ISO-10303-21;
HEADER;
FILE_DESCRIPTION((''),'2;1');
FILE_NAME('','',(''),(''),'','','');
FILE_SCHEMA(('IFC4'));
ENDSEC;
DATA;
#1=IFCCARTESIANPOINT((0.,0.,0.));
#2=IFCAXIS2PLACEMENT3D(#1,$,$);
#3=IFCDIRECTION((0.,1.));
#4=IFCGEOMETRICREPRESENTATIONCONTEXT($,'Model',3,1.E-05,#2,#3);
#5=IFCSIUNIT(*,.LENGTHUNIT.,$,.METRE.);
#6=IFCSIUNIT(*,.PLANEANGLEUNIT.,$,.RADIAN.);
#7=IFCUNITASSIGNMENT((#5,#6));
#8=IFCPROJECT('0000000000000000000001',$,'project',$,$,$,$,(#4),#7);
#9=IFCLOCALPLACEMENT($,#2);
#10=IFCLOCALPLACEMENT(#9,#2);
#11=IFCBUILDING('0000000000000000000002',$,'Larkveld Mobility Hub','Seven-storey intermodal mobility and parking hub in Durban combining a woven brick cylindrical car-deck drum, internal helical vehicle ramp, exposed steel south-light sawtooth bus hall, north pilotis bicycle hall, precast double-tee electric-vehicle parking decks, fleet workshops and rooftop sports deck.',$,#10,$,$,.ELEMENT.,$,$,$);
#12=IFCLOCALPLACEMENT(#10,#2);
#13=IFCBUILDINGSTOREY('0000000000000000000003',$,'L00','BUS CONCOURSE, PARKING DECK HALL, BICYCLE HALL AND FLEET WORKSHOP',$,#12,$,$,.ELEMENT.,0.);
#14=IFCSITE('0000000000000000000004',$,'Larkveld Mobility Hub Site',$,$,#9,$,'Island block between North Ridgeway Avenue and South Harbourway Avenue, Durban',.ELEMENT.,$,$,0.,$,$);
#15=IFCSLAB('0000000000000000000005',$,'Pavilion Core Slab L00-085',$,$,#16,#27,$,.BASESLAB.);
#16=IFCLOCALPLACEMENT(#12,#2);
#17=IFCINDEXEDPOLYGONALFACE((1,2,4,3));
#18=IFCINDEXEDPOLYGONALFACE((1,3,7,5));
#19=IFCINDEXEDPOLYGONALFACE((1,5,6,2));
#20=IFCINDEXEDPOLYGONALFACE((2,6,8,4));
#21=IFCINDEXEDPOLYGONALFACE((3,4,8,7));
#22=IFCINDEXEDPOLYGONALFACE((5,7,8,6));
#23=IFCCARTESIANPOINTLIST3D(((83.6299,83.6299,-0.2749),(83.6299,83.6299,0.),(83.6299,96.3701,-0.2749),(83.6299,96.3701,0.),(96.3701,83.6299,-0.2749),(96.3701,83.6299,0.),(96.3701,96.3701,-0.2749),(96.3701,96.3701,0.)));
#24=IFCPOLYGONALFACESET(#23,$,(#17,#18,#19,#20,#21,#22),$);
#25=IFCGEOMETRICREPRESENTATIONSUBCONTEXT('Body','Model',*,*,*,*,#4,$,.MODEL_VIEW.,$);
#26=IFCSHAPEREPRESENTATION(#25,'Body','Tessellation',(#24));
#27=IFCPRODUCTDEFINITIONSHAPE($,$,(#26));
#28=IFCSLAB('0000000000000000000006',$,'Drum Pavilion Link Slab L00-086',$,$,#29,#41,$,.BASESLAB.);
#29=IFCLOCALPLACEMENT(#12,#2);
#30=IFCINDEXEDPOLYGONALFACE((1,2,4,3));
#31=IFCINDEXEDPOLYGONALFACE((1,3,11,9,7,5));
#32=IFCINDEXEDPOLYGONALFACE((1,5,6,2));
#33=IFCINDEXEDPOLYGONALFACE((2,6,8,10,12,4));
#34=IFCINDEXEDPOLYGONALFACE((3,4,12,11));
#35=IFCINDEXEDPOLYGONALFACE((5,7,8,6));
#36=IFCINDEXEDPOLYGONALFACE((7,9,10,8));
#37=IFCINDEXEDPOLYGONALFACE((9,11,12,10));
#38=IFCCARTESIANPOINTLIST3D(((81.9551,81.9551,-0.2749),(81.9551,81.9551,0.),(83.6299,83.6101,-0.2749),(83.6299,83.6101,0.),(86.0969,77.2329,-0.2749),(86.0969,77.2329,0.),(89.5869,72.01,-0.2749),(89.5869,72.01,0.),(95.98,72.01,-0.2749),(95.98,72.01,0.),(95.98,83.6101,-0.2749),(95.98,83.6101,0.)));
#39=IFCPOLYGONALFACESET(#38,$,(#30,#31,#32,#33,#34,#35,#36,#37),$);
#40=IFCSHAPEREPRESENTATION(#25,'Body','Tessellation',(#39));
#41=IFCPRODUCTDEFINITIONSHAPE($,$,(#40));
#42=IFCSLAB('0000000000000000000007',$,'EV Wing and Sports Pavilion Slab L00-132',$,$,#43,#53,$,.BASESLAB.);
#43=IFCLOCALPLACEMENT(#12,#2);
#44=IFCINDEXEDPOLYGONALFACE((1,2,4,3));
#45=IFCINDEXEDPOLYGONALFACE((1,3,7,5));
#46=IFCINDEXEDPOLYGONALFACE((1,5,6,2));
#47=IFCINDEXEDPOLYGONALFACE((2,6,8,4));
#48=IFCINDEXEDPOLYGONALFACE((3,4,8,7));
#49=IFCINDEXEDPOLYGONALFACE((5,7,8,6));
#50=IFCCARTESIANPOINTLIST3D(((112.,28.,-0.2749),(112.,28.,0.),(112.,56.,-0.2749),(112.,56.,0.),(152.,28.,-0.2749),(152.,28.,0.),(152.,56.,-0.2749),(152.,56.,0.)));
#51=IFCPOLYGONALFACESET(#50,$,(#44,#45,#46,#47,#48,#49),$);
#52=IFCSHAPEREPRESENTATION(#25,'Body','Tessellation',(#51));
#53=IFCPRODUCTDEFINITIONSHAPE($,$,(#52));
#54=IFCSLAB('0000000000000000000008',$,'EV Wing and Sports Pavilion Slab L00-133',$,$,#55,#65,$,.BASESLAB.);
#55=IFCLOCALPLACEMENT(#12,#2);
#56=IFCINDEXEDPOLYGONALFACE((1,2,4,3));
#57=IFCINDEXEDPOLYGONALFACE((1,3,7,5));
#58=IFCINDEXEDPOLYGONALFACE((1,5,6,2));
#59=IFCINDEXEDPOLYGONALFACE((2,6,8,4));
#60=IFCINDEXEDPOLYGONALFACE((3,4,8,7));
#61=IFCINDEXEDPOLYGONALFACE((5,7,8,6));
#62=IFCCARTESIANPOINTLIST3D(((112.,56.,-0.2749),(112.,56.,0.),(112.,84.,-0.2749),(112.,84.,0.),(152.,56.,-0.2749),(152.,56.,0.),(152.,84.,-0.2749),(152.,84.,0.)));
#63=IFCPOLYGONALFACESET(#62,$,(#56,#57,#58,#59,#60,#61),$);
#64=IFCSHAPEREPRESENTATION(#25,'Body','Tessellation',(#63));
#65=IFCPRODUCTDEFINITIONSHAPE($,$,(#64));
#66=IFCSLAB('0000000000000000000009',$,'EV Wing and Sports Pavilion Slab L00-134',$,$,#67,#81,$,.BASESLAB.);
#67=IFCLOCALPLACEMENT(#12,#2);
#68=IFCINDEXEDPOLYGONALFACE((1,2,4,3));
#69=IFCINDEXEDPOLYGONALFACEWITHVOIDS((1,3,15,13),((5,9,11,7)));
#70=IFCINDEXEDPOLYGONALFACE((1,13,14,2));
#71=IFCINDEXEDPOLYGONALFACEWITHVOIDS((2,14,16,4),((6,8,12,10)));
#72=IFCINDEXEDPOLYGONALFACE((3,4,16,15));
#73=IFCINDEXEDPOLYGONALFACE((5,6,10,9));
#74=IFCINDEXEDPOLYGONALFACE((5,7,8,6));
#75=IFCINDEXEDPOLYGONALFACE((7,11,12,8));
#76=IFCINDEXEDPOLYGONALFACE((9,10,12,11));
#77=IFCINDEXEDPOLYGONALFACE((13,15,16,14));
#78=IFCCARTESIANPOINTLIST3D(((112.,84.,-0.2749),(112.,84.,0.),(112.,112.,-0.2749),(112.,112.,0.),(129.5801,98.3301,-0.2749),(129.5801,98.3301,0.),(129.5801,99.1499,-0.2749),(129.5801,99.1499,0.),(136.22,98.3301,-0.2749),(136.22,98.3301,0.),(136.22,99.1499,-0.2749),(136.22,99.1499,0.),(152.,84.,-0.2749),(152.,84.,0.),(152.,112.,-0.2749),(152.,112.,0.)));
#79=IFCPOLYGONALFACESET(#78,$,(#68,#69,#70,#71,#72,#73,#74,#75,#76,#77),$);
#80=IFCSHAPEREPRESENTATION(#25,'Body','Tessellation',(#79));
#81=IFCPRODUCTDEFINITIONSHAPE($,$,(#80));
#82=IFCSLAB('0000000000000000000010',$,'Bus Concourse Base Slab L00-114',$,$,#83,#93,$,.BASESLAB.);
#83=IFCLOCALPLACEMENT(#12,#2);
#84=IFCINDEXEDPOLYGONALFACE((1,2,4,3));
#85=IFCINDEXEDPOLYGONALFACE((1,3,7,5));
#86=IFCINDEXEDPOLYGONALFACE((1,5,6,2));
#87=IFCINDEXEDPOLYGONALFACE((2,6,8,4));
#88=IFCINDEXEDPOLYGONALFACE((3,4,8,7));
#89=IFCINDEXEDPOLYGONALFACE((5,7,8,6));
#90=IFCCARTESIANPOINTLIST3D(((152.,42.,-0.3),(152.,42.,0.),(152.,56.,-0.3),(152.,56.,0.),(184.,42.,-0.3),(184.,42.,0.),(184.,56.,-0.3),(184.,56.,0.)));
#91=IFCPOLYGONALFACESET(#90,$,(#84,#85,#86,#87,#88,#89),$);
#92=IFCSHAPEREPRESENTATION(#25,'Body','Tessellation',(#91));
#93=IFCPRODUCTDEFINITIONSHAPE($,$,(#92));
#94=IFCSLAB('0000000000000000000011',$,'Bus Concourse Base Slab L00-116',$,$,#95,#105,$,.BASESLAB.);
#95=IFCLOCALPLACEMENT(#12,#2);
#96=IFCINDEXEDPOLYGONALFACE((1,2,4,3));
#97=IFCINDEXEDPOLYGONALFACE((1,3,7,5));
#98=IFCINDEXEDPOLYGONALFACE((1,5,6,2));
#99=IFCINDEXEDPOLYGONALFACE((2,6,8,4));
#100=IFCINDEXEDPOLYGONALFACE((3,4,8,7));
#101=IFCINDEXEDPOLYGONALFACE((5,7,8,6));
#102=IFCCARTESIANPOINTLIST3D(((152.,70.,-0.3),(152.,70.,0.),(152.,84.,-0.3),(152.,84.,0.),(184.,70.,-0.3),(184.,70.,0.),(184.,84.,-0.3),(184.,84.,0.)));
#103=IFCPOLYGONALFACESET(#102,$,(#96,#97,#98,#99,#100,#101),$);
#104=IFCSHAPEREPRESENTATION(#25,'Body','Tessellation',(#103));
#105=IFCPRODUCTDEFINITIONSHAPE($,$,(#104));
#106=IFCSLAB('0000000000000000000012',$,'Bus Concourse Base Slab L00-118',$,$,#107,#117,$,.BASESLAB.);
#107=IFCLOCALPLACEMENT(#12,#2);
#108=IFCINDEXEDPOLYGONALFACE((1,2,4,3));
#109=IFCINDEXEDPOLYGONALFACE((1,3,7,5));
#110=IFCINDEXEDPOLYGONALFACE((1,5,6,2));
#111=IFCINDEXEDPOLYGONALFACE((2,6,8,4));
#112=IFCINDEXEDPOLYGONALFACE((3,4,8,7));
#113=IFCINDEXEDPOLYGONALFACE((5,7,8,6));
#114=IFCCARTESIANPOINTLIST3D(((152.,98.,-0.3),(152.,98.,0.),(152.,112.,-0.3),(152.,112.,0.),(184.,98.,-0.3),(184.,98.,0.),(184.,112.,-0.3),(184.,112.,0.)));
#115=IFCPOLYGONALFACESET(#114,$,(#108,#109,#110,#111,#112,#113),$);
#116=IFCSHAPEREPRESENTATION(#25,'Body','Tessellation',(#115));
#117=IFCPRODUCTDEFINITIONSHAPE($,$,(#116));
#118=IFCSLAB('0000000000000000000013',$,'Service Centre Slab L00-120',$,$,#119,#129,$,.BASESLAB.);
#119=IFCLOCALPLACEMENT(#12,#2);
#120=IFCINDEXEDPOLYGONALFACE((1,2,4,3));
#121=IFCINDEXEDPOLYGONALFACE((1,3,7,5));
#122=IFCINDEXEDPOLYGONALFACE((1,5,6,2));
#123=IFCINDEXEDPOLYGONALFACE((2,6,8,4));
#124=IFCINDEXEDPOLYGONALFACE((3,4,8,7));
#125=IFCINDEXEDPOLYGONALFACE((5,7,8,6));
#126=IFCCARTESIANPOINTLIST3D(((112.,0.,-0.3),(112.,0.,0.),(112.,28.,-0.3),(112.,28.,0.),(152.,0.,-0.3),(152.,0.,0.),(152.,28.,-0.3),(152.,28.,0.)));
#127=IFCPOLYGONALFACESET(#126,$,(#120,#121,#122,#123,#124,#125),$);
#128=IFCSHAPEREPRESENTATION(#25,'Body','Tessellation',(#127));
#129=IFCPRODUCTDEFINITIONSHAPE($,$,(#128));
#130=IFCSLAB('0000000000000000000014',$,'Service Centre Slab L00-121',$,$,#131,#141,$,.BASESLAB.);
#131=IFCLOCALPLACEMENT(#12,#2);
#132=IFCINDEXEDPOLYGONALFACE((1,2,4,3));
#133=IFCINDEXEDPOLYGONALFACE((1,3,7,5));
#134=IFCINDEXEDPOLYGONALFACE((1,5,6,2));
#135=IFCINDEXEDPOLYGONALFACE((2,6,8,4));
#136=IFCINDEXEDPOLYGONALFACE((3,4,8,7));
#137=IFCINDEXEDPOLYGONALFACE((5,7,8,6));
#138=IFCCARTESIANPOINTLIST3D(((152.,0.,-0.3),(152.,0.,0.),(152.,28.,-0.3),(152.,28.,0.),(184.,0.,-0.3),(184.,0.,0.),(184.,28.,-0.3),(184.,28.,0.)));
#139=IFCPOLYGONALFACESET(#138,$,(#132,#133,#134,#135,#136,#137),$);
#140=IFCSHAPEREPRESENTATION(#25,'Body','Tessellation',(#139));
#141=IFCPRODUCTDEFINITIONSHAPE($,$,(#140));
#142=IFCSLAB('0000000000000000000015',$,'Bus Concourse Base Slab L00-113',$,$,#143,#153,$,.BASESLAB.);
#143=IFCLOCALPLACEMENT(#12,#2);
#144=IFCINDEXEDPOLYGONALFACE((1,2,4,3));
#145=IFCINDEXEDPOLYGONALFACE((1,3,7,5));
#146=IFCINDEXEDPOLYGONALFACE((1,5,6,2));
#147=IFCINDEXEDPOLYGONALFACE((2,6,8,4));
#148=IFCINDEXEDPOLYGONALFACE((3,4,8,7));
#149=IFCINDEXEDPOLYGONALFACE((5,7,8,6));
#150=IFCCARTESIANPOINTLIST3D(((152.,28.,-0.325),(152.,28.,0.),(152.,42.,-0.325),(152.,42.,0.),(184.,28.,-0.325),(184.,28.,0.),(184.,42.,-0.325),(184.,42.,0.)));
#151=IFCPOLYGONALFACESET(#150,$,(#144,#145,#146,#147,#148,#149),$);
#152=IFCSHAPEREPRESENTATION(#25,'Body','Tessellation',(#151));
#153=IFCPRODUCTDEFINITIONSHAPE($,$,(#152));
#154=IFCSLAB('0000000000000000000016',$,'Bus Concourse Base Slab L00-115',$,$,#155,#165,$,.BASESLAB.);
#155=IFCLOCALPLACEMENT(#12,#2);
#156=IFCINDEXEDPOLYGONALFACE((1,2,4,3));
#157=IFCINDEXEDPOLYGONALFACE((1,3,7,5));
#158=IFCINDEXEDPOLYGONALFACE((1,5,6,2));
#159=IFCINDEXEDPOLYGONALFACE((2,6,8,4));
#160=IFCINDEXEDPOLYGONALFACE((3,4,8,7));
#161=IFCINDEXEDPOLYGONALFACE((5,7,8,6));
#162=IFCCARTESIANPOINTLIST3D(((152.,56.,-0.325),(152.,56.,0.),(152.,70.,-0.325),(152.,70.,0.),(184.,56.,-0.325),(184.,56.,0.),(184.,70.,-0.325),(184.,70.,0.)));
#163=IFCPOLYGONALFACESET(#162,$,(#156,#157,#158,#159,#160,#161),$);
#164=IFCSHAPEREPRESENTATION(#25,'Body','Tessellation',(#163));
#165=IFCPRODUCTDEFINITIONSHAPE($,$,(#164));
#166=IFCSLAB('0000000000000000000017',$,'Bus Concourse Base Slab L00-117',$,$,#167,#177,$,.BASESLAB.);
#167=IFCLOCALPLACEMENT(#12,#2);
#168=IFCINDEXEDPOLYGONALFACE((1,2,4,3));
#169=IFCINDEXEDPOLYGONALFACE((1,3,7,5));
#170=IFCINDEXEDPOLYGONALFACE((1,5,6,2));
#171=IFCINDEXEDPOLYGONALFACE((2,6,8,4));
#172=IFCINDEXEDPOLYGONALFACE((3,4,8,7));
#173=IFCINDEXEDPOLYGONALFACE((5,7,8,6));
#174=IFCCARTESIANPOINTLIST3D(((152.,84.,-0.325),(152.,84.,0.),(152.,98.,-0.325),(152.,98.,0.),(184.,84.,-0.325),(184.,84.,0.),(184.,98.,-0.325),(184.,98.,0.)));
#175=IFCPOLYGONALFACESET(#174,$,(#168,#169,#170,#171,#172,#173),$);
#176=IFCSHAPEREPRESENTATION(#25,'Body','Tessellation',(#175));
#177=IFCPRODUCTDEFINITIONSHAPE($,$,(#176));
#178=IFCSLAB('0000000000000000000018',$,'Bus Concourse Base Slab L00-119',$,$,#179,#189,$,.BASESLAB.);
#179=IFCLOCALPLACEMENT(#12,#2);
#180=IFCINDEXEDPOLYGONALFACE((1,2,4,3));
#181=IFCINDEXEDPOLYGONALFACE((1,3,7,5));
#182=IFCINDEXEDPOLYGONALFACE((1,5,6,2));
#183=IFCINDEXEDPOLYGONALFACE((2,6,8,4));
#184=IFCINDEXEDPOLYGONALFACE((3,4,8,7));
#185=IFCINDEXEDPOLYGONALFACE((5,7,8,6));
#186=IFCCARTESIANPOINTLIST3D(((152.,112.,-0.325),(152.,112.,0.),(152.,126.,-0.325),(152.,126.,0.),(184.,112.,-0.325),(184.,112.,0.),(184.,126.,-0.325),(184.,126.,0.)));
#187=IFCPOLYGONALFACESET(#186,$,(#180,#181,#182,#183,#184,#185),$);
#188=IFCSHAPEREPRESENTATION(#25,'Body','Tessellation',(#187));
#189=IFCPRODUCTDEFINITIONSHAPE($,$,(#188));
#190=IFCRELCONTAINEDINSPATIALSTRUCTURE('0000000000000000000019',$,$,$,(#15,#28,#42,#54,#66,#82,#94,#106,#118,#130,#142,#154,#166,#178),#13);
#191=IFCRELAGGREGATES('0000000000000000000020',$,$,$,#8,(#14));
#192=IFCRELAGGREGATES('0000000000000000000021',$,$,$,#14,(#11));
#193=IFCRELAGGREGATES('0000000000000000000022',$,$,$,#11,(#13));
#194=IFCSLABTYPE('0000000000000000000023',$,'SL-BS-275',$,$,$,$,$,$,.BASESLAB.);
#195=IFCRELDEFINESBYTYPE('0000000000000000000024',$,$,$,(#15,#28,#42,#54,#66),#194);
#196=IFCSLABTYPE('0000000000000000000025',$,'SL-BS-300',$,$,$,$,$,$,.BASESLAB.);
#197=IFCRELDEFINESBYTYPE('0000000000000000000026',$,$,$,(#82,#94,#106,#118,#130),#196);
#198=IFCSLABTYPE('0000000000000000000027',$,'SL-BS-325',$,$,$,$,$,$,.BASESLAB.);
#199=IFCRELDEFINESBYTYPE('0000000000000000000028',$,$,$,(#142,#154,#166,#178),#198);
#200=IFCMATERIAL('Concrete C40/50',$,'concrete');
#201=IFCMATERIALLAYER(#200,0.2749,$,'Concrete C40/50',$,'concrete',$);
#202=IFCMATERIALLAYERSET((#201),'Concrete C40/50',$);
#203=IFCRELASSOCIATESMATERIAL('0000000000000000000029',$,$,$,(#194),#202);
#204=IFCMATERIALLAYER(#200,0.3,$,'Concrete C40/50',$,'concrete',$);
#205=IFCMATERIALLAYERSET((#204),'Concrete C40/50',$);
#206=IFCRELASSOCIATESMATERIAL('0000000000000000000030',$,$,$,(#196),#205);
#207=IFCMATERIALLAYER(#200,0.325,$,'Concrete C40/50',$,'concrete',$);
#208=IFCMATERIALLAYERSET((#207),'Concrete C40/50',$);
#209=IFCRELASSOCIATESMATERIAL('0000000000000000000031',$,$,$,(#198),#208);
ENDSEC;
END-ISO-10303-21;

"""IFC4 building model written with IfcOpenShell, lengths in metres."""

from ifc_helpers import new_model, si_unit, direction, frame, origin, place, context, subcontext, project, spatial, polyline, outline, extrude, material, layer, layer_set, type_object, element, save


model = new_model("IFC4")

# Units and contexts
model_context = context("Model", 3, precision=1e-05, world=origin(), true_north=direction((0.0, 1.0)))
body_context = subcontext(model_context, "Body", "Model", "MODEL_VIEW")
ifc_project = project(units=[si_unit("LENGTHUNIT", "METRE"), si_unit("PLANEANGLEUNIT", "RADIAN")], contexts=[model_context])

# Site, building, storey
site_placement = place(None, origin())
site = spatial("IfcSite", under=ifc_project, at=site_placement, Name="Larkveld Mobility Hub Site", LongName="Island block between North Ridgeway Avenue and South Harbourway Avenue, Durban", CompositionType="ELEMENT", RefElevation=0.0)
building_placement = place(site_placement, origin())
building = spatial("IfcBuilding", under=site, at=building_placement, Name="Larkveld Mobility Hub", Description="Seven-storey intermodal mobility and parking hub in Durban combining a woven brick cylindrical car-deck drum, internal helical vehicle ramp, exposed steel south-light sawtooth bus hall, north pilotis bicycle hall, precast double-tee electric-vehicle parking decks, fleet workshops and rooftop sports deck.", CompositionType="ELEMENT")
storey_placement = place(building_placement, origin())
storey = spatial("IfcBuildingStorey", under=building, at=storey_placement, Name="L00", Description="BUS CONCOURSE, PARKING DECK HALL, BICYCLE HALL AND FLEET WORKSHOP", CompositionType="ELEMENT", Elevation=0.0)

# Slabs
ifc_material = material(Name="Concrete C40/50", Category="concrete")
ifc_layer_1 = layer(ifc_material, 0.2749, Name="Concrete C40/50", Category="concrete")
ifc_layer_set_1 = layer_set([ifc_layer_1], Name="Concrete C40/50")
slab_type_1 = type_object("IfcSlabType", Name="SL-BS-275", PredefinedType="BASESLAB", material=ifc_layer_set_1)
slab_1_placement = place(storey_placement, frame((0.0, 0.0, -0.2749)))
element("IfcSlab", 1, at=slab_1_placement, inside=storey, type_object=slab_type_1, Name="Pavilion Core Slab L00-085", PredefinedType="BASESLAB", context=body_context, shape_type="SweptSolid", body=[
    extrude(outline(polyline([(83.6299, 83.6299), (96.3701, 83.6299), (96.3701, 96.3701), (83.6299, 96.3701), (83.6299, 83.6299)])), origin(), (0.0, 0.0, 1.0), 0.2749),
])
slab_2_placement = place(storey_placement, frame((0.0, 0.0, -0.2749)))
element("IfcSlab", 2, at=slab_2_placement, inside=storey, type_object=slab_type_1, Name="Drum Pavilion Link Slab L00-086", PredefinedType="BASESLAB", context=body_context, shape_type="SweptSolid", body=[
    extrude(outline(polyline([(89.5869, 72.01), (95.98, 72.01), (95.98, 83.6101), (83.6299, 83.6101), (81.9551, 81.9551), (86.0969, 77.2329), (89.5869, 72.01)])), origin(), (0.0, 0.0, 1.0), 0.2749),
])
slab_3_placement = place(storey_placement, frame((0.0, 0.0, -0.2749)))
element("IfcSlab", 3, at=slab_3_placement, inside=storey, type_object=slab_type_1, Name="EV Wing and Sports Pavilion Slab L00-132", PredefinedType="BASESLAB", context=body_context, shape_type="SweptSolid", body=[
    extrude(outline(polyline([(112.0, 28.0), (152.0, 28.0), (152.0, 56.0), (112.0, 56.0), (112.0, 28.0)])), origin(), (0.0, 0.0, 1.0), 0.2749),
])
slab_4_placement = place(storey_placement, frame((0.0, 0.0, -0.2749)))
element("IfcSlab", 4, at=slab_4_placement, inside=storey, type_object=slab_type_1, Name="EV Wing and Sports Pavilion Slab L00-133", PredefinedType="BASESLAB", context=body_context, shape_type="SweptSolid", body=[
    extrude(outline(polyline([(112.0, 56.0), (152.0, 56.0), (152.0, 84.0), (112.0, 84.0), (112.0, 56.0)])), origin(), (0.0, 0.0, 1.0), 0.2749),
])
slab_5_placement = place(storey_placement, frame((0.0, 0.0, -0.2749)))
element("IfcSlab", 5, at=slab_5_placement, inside=storey, type_object=slab_type_1, Name="EV Wing and Sports Pavilion Slab L00-134", PredefinedType="BASESLAB", context=body_context, shape_type="SweptSolid", body=[
    extrude(outline(polyline([(112.0, 84.0), (152.0, 84.0), (152.0, 112.0), (112.0, 112.0), (112.0, 84.0)]), holes=[polyline([(129.5801, 98.3301), (129.5801, 99.1499), (136.22, 99.1499), (136.22, 98.3301), (129.5801, 98.3301)])]), origin(), (0.0, 0.0, 1.0), 0.2749),
])
ifc_layer_2 = layer(ifc_material, 0.3, Name="Concrete C40/50", Category="concrete")
ifc_layer_set_2 = layer_set([ifc_layer_2], Name="Concrete C40/50")
slab_type_2 = type_object("IfcSlabType", Name="SL-BS-300", PredefinedType="BASESLAB", material=ifc_layer_set_2)
slab_6_placement = place(storey_placement, frame((0.0, 0.0, -0.3)))
element("IfcSlab", 6, at=slab_6_placement, inside=storey, type_object=slab_type_2, Name="Bus Concourse Base Slab L00-114", PredefinedType="BASESLAB", context=body_context, shape_type="SweptSolid", body=[
    extrude(outline(polyline([(152.0, 42.0), (184.0, 42.0), (184.0, 56.0), (152.0, 56.0), (152.0, 42.0)])), origin(), (0.0, 0.0, 1.0), 0.3),
])
slab_7_placement = place(storey_placement, frame((0.0, 0.0, -0.3)))
element("IfcSlab", 7, at=slab_7_placement, inside=storey, type_object=slab_type_2, Name="Bus Concourse Base Slab L00-116", PredefinedType="BASESLAB", context=body_context, shape_type="SweptSolid", body=[
    extrude(outline(polyline([(152.0, 70.0), (184.0, 70.0), (184.0, 84.0), (152.0, 84.0), (152.0, 70.0)])), origin(), (0.0, 0.0, 1.0), 0.3),
])
slab_8_placement = place(storey_placement, frame((0.0, 0.0, -0.3)))
element("IfcSlab", 8, at=slab_8_placement, inside=storey, type_object=slab_type_2, Name="Bus Concourse Base Slab L00-118", PredefinedType="BASESLAB", context=body_context, shape_type="SweptSolid", body=[
    extrude(outline(polyline([(152.0, 98.0), (184.0, 98.0), (184.0, 112.0), (152.0, 112.0), (152.0, 98.0)])), origin(), (0.0, 0.0, 1.0), 0.3),
])
slab_9_placement = place(storey_placement, frame((0.0, 0.0, -0.3)))
element("IfcSlab", 9, at=slab_9_placement, inside=storey, type_object=slab_type_2, Name="Service Centre Slab L00-120", PredefinedType="BASESLAB", context=body_context, shape_type="SweptSolid", body=[
    extrude(outline(polyline([(112.0, 0.0), (152.0, 0.0), (152.0, 28.0), (112.0, 28.0), (112.0, 0.0)])), origin(), (0.0, 0.0, 1.0), 0.3),
])
slab_10_placement = place(storey_placement, frame((0.0, 0.0, -0.3)))
element("IfcSlab", 10, at=slab_10_placement, inside=storey, type_object=slab_type_2, Name="Service Centre Slab L00-121", PredefinedType="BASESLAB", context=body_context, shape_type="SweptSolid", body=[
    extrude(outline(polyline([(152.0, 0.0), (184.0, 0.0), (184.0, 28.0), (152.0, 28.0), (152.0, 0.0)])), origin(), (0.0, 0.0, 1.0), 0.3),
])
ifc_layer_3 = layer(ifc_material, 0.325, Name="Concrete C40/50", Category="concrete")
ifc_layer_set_3 = layer_set([ifc_layer_3], Name="Concrete C40/50")
slab_type_3 = type_object("IfcSlabType", Name="SL-BS-325", PredefinedType="BASESLAB", material=ifc_layer_set_3)
slab_11_placement = place(storey_placement, frame((0.0, 0.0, -0.325)))
element("IfcSlab", 11, at=slab_11_placement, inside=storey, type_object=slab_type_3, Name="Bus Concourse Base Slab L00-113", PredefinedType="BASESLAB", context=body_context, shape_type="SweptSolid", body=[
    extrude(outline(polyline([(152.0, 28.0), (184.0, 28.0), (184.0, 42.0), (152.0, 42.0), (152.0, 28.0)])), origin(), (0.0, 0.0, 1.0), 0.325),
])
slab_12_placement = place(storey_placement, frame((0.0, 0.0, -0.325)))
element("IfcSlab", 12, at=slab_12_placement, inside=storey, type_object=slab_type_3, Name="Bus Concourse Base Slab L00-115", PredefinedType="BASESLAB", context=body_context, shape_type="SweptSolid", body=[
    extrude(outline(polyline([(152.0, 56.0), (184.0, 56.0), (184.0, 70.0), (152.0, 70.0), (152.0, 56.0)])), origin(), (0.0, 0.0, 1.0), 0.325),
])
slab_13_placement = place(storey_placement, frame((0.0, 0.0, -0.325)))
element("IfcSlab", 13, at=slab_13_placement, inside=storey, type_object=slab_type_3, Name="Bus Concourse Base Slab L00-117", PredefinedType="BASESLAB", context=body_context, shape_type="SweptSolid", body=[
    extrude(outline(polyline([(152.0, 84.0), (184.0, 84.0), (184.0, 98.0), (152.0, 98.0), (152.0, 84.0)])), origin(), (0.0, 0.0, 1.0), 0.325),
])
slab_14_placement = place(storey_placement, frame((0.0, 0.0, -0.325)))
element("IfcSlab", 14, at=slab_14_placement, inside=storey, type_object=slab_type_3, Name="Bus Concourse Base Slab L00-119", PredefinedType="BASESLAB", context=body_context, shape_type="SweptSolid", body=[
    extrude(outline(polyline([(152.0, 112.0), (184.0, 112.0), (184.0, 126.0), (152.0, 126.0), (152.0, 112.0)])), origin(), (0.0, 0.0, 1.0), 0.325),
])

save(model, "model.ifc")
